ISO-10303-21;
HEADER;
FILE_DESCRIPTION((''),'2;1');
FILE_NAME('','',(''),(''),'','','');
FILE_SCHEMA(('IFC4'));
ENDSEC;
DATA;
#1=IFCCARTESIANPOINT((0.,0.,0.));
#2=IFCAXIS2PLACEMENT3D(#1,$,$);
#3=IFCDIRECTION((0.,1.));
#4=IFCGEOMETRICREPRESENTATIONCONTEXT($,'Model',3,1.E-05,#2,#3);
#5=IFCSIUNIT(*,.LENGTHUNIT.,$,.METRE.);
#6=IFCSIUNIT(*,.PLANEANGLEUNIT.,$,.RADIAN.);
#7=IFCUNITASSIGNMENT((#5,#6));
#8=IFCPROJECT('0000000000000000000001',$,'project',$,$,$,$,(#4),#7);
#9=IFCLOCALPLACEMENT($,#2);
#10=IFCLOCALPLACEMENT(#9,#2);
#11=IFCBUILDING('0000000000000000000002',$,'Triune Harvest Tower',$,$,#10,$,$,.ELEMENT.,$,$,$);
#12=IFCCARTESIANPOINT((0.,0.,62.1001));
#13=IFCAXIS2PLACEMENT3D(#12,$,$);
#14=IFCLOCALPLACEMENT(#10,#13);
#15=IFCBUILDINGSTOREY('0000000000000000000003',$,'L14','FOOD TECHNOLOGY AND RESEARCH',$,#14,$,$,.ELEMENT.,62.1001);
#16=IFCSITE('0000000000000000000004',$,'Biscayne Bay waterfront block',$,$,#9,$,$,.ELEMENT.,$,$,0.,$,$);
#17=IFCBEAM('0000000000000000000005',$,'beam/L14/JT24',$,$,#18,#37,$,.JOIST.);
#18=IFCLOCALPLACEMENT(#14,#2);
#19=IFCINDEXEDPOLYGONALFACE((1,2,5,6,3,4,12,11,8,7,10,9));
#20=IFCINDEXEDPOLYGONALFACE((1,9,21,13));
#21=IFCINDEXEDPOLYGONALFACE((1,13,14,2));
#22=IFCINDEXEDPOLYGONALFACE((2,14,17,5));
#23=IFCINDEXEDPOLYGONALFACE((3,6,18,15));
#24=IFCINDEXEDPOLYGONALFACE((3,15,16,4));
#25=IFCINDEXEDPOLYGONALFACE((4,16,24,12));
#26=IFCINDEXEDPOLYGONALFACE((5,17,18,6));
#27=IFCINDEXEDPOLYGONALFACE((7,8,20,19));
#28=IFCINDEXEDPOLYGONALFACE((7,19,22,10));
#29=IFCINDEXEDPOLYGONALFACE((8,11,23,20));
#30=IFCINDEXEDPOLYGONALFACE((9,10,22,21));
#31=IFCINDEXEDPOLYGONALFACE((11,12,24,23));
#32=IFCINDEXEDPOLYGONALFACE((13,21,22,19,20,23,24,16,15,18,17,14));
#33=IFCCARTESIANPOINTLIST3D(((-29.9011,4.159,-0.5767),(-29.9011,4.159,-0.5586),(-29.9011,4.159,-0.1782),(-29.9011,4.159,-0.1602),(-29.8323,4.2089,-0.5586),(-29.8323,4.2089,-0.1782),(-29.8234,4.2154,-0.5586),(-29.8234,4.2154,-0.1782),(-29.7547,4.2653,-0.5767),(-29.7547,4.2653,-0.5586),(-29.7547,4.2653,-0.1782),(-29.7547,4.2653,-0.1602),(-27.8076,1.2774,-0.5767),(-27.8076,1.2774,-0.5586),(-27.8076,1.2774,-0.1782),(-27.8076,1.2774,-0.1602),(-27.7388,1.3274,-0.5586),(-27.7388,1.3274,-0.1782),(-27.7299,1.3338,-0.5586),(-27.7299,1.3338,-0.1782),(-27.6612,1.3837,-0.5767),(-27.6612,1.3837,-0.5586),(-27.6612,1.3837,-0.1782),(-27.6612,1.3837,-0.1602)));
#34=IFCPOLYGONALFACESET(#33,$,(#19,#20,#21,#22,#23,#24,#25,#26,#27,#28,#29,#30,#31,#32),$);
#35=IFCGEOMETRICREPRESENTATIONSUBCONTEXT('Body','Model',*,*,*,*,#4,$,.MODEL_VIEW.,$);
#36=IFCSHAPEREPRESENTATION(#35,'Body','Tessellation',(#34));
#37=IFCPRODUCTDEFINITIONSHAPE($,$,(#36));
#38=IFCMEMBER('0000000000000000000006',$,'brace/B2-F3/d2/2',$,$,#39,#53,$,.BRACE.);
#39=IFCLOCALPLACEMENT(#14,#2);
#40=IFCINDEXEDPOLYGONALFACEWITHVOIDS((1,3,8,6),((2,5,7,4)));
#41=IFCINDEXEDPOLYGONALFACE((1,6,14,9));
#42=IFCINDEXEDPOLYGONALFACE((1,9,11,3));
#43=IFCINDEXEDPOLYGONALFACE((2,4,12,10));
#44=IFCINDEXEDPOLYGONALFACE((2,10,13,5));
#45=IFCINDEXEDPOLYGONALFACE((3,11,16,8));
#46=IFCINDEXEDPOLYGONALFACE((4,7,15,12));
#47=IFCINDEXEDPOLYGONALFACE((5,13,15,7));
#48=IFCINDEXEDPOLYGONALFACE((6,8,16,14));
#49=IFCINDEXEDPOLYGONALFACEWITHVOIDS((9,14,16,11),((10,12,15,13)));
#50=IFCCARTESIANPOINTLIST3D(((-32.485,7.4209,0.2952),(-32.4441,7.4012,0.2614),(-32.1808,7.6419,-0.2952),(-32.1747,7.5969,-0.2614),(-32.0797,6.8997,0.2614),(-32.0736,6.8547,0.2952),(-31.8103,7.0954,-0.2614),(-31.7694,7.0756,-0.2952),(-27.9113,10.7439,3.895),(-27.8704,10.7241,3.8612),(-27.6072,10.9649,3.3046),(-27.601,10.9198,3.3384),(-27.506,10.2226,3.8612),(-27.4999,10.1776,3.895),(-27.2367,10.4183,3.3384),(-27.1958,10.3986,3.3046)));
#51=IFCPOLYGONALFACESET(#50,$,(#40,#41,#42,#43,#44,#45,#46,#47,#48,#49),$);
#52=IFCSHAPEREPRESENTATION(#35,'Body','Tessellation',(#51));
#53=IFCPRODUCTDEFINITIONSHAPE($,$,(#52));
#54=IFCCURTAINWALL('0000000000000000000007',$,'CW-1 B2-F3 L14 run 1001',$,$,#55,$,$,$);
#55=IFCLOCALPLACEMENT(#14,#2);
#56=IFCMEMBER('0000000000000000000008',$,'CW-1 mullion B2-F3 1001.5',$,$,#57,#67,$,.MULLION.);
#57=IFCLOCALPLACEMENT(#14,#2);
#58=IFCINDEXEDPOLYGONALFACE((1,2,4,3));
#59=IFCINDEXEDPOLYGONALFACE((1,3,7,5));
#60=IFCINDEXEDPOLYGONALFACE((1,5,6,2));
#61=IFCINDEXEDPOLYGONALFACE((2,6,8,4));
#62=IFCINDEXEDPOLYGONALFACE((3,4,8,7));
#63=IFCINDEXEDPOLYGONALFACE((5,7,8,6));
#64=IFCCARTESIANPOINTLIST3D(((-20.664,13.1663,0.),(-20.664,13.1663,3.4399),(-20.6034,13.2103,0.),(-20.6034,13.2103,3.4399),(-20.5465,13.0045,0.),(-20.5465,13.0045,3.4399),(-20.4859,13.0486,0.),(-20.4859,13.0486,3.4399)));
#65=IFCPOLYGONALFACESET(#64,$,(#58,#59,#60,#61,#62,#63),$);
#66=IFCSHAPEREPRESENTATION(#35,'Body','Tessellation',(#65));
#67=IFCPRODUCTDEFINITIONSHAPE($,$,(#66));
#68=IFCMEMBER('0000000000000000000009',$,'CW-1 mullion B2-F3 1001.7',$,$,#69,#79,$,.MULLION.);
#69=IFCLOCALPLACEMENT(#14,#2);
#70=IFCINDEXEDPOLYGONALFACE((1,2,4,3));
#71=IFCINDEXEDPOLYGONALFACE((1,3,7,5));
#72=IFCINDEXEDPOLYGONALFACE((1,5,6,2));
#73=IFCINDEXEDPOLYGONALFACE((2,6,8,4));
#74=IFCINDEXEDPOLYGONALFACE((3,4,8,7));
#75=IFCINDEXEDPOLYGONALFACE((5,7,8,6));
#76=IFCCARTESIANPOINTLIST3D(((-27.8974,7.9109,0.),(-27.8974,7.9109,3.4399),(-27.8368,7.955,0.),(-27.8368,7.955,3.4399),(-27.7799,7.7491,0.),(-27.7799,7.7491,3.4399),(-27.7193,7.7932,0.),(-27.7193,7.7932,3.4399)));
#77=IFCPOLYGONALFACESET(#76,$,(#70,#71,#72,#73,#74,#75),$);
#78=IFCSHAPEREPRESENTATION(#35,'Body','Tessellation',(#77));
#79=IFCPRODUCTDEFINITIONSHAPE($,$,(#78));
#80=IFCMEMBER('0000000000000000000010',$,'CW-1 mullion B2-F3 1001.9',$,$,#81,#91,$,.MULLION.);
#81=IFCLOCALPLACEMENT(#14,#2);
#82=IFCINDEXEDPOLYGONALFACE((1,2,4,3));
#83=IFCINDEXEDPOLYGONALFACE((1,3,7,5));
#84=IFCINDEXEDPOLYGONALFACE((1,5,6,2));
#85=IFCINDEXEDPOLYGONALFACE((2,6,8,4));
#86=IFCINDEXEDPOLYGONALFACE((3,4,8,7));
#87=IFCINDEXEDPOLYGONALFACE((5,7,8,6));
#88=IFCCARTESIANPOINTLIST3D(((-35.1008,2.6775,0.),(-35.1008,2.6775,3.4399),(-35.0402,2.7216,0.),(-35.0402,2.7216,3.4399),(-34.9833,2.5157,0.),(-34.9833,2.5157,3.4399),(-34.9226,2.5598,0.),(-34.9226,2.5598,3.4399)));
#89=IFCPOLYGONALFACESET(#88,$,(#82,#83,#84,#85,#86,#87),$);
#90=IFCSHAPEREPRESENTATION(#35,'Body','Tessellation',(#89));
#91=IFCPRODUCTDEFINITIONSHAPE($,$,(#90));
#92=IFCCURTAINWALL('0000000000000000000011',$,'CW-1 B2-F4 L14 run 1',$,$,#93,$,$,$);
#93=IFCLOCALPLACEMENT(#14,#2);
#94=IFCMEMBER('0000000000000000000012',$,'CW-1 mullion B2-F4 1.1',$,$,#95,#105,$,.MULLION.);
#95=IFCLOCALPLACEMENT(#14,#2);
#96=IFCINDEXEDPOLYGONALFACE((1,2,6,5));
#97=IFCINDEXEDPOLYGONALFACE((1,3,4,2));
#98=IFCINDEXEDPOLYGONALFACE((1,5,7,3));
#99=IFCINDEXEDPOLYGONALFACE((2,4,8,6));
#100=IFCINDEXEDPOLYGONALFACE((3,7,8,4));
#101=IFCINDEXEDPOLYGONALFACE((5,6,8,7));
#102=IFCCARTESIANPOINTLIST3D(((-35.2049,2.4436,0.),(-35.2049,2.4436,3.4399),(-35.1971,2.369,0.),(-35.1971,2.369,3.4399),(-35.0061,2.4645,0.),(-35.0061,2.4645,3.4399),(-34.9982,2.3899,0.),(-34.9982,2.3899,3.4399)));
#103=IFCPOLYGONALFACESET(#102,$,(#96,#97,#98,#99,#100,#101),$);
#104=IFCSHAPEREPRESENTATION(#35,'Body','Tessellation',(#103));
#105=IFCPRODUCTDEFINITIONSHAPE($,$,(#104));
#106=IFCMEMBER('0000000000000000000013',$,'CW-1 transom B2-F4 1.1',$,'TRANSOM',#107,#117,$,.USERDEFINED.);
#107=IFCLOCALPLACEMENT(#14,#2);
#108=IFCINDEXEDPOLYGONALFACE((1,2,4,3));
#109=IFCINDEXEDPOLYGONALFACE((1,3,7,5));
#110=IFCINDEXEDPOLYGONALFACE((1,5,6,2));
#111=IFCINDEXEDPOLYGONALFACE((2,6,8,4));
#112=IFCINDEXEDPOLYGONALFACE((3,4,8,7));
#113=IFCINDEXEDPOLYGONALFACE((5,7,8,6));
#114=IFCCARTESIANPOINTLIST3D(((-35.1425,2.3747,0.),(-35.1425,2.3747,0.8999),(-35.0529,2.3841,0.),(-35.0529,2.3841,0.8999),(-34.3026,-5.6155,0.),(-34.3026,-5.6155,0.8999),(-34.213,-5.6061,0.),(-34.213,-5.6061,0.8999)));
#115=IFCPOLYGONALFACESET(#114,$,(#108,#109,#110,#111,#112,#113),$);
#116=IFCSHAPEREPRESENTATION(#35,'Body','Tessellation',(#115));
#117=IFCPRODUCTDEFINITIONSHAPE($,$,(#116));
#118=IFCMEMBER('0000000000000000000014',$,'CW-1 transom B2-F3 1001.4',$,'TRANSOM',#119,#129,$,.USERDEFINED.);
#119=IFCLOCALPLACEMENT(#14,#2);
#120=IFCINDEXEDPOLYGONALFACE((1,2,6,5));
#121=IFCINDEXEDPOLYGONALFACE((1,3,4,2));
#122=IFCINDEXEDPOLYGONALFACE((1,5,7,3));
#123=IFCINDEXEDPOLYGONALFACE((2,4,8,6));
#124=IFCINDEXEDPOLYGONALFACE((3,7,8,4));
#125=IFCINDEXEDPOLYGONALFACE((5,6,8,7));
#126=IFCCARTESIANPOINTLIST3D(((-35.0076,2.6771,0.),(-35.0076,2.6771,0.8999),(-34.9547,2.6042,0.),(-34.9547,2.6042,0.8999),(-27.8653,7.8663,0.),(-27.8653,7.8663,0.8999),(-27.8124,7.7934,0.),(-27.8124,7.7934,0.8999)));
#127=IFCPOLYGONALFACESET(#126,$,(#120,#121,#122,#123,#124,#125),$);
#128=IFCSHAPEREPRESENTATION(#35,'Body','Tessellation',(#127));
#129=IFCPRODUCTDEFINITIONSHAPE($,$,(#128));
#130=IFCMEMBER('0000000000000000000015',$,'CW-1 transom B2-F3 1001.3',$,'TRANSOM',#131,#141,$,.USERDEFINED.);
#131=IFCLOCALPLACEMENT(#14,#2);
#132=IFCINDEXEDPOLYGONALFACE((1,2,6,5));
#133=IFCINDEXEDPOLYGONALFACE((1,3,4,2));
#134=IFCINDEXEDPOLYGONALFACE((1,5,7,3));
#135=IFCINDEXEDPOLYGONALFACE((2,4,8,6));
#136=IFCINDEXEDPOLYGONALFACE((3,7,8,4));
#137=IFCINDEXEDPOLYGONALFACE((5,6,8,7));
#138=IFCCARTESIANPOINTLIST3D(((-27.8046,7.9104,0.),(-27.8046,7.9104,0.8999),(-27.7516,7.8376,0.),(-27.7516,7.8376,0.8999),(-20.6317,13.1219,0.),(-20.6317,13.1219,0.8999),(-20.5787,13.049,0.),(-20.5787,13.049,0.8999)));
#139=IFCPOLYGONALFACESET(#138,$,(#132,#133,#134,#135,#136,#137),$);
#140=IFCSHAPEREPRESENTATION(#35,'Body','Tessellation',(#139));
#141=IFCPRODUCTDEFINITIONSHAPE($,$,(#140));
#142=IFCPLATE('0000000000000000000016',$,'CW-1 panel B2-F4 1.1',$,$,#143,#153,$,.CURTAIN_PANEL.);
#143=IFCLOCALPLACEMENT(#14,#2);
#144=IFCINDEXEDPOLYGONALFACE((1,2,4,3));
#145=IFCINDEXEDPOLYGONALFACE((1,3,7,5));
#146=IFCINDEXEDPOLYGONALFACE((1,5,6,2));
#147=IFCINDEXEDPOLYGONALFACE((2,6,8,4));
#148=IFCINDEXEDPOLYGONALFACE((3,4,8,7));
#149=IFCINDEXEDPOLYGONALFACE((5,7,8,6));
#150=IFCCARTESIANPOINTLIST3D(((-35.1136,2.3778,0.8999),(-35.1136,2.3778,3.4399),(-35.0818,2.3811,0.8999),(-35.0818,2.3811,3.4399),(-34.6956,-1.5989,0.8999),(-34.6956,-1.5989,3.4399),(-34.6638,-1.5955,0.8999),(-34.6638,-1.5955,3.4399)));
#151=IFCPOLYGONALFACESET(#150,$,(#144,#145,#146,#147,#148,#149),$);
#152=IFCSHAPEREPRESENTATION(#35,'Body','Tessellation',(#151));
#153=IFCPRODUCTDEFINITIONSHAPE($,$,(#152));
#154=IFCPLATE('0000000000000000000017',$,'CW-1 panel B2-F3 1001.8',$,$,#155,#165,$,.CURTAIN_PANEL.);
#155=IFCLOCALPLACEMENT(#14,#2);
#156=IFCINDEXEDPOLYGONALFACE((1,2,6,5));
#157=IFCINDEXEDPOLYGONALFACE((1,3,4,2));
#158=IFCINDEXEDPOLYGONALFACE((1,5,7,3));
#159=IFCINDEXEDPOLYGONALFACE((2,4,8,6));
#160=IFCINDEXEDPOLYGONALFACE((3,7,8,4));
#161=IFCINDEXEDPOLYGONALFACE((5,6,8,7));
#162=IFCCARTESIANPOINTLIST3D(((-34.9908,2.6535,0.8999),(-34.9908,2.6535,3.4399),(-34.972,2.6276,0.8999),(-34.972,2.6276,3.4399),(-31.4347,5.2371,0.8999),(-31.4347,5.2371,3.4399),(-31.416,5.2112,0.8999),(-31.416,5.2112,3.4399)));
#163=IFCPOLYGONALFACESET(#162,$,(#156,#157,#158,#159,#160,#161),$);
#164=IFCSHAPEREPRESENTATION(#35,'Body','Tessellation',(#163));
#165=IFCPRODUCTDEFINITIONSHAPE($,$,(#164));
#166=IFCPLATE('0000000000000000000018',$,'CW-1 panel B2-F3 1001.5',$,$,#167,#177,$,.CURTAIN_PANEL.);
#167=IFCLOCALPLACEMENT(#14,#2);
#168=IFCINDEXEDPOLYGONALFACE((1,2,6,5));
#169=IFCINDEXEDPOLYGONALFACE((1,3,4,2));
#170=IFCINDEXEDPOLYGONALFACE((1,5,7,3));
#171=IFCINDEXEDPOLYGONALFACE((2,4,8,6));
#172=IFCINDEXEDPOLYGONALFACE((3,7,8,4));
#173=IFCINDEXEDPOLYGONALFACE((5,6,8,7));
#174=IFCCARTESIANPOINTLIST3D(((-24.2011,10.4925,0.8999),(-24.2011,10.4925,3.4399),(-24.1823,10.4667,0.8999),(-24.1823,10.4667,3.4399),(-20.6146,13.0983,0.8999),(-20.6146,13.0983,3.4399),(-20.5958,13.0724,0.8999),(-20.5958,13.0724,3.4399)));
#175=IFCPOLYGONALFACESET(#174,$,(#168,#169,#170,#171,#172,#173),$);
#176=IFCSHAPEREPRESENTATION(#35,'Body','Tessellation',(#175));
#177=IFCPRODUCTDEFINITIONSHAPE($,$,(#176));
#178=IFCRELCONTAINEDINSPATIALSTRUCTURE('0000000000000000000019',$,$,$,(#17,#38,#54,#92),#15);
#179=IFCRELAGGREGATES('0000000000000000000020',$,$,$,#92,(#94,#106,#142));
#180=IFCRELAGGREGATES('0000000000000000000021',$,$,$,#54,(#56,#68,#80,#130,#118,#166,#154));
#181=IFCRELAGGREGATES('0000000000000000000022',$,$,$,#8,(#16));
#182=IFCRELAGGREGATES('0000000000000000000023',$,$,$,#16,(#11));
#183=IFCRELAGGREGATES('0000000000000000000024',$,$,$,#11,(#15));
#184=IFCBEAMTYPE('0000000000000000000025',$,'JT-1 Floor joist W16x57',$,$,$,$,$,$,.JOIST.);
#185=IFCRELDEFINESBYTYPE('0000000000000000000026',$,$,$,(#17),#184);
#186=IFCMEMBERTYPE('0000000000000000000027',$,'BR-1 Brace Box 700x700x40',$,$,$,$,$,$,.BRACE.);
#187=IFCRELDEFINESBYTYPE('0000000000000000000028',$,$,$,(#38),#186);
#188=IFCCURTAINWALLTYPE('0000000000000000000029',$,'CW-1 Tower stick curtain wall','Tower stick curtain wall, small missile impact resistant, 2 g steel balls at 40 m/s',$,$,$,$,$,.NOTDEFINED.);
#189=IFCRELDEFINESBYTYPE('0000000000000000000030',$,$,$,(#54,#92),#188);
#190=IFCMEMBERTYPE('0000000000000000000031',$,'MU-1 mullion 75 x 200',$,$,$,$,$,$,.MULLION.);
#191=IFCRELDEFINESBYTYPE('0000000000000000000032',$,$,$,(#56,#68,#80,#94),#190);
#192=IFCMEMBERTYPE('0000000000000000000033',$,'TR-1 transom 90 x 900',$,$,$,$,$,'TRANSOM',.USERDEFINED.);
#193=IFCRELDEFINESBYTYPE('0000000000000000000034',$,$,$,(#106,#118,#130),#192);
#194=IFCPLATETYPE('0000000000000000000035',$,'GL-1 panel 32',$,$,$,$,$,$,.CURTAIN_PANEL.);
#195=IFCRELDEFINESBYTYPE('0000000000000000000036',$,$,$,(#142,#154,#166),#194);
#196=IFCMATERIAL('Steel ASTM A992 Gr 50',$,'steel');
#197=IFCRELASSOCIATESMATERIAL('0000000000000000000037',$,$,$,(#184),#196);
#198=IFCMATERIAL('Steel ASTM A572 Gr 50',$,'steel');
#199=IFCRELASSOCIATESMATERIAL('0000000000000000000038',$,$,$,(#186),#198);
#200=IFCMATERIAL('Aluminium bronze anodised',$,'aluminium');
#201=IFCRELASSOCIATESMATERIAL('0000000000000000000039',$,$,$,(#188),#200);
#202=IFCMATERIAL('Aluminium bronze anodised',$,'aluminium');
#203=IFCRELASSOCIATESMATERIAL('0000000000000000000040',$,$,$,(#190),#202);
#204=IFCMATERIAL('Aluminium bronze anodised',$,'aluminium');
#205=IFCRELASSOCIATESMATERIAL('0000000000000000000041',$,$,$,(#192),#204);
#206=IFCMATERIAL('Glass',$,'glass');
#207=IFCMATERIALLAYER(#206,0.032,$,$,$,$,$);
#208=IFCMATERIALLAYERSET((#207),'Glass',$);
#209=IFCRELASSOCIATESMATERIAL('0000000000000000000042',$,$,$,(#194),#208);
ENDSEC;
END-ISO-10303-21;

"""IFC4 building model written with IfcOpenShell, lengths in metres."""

from ifc_helpers import new_model, si_unit, direction, frame, origin, origin_2d, place, context, subcontext, project, spatial, rectangle, hollow_rectangle, i_section, extrude, source, transform, mapped, material, layer, layer_set, material_profile, profile_set, type_object, element, aggregate, save


model = new_model("IFC4")

# Units and contexts
model_context = context("Model", 3, precision=1e-05, world=origin(), true_north=direction((0.0, 1.0)))
body_context = subcontext(model_context, "Body", "Model", "MODEL_VIEW")
ifc_project = project(units=[si_unit("LENGTHUNIT", "METRE"), si_unit("PLANEANGLEUNIT", "RADIAN")], contexts=[model_context])

# Site, building, storey
site_placement = place(None, origin())
site = spatial("IfcSite", under=ifc_project, at=site_placement, Name="Biscayne Bay waterfront block", CompositionType="ELEMENT", RefElevation=0.0)
building_placement = place(site_placement, origin())
building = spatial("IfcBuilding", under=site, at=building_placement, Name="Triune Harvest Tower", CompositionType="ELEMENT")
storey_placement = place(building_placement, frame((0.0, 0.0, 62.1001)))
storey = spatial("IfcBuildingStorey", under=building, at=storey_placement, Name="L14", Description="FOOD TECHNOLOGY AND RESEARCH", CompositionType="ELEMENT", Elevation=62.1001)

# Beam
ifc_material_1 = material(Name="Steel ASTM A992 Gr 50", Category="steel")
ifc_material_profile_1 = material_profile(ifc_material_1, i_section(OverallWidth=0.1809, OverallDepth=0.4165, WebThickness=0.011, FlangeThickness=0.0181, at=origin_2d()), Name="W16x57")
ifc_profile_set_1 = profile_set([ifc_material_profile_1], Name="Steel ASTM A992 Gr 50")
beam_type_1 = type_object("IfcBeamType", Name="JT-1 Floor joist W16x57", PredefinedType="JOIST", material=ifc_profile_set_1)
shared_shape_1 = source(origin(), body_context, "Body", "SweptSolid", [
    extrude(i_section(OverallWidth=0.1809, OverallDepth=0.4165, WebThickness=0.011, FlangeThickness=0.0181, at=origin_2d()), origin(), (0.0, 0.0, 1.0), 3.5618),
])
beam_1_placement = place(storey_placement, frame((-29.8279, 4.2122, -0.3684), z_axis=(0.587768, -0.809029, 0.0), x_axis=(0.809029, 0.587768, 0.0)))
element("IfcBeam", 1, at=beam_1_placement, inside=storey, type_object=beam_type_1, Name="beam/L14/JT24", PredefinedType="JOIST", context=body_context, shape_type="MappedRepresentation", body=[
    mapped(shared_shape_1, transform((0.0, 0.0, 0.0), scale=1.0)),
])

# Member
ifc_material_2 = material(Name="Steel ASTM A572 Gr 50", Category="steel")
ifc_material_profile_2 = material_profile(ifc_material_2, hollow_rectangle(XDim=0.7, YDim=0.7, WallThickness=0.04, at=origin_2d()), Name="Box 700x700x40")
ifc_profile_set_2 = profile_set([ifc_material_profile_2], Name="Steel ASTM A572 Gr 50")
member_type_1 = type_object("IfcMemberType", Name="BR-1 Brace Box 700x700x40", PredefinedType="BRACE", material=ifc_profile_set_2)
shared_shape_2 = source(origin(), body_context, "Body", "SweptSolid", [
    extrude(hollow_rectangle(XDim=0.7, YDim=0.7, WallThickness=0.04, at=origin_2d()), origin(), (0.0, 0.0, 1.0), 6.7021),
])
member_1_placement = place(storey_placement, frame((-32.1272, 7.2483, 0.0), z_axis=(0.682416, 0.495803, 0.53711), x_axis=(-0.587784, 0.809018, 0.0)))
element("IfcMember", 2, at=member_1_placement, inside=storey, type_object=member_type_1, Name="brace/B2-F3/d2/2", PredefinedType="BRACE", context=body_context, shape_type="MappedRepresentation", body=[
    mapped(shared_shape_2, transform((0.0, 0.0, 0.0), scale=1.0)),
])

# Curtain walls, members
ifc_material_3 = material(Name="Aluminium bronze anodised", Category="aluminium")
curtain_wall_type = type_object("IfcCurtainWallType", Name="CW-1 Tower stick curtain wall", Description="Tower stick curtain wall, small missile impact resistant, 2 g steel balls at 40 m/s", PredefinedType="NOTDEFINED", material=ifc_material_3)
curtain_wall_1_placement = place(storey_placement, origin())
curtain_wall_1 = element("IfcCurtainWall", 3, at=curtain_wall_1_placement, inside=storey, type_object=curtain_wall_type, Name="CW-1 B2-F3 L14 run 1001")
ifc_material_4 = material(Name="Aluminium bronze anodised", Category="aluminium")
ifc_material_profile_3 = material_profile(ifc_material_4, rectangle(XDim=0.2, YDim=0.075, at=origin_2d()), Name="MU-1 mullion 75 x 200")
ifc_profile_set_3 = profile_set([ifc_material_profile_3], Name="Aluminium bronze anodised")
member_type_2 = type_object("IfcMemberType", Name="MU-1 mullion 75 x 200", PredefinedType="MULLION", material=ifc_profile_set_3)
shared_shape_3 = source(origin(), body_context, "Body", "SweptSolid", [
    extrude(rectangle(XDim=0.2, YDim=0.075, at=origin_2d()), origin(), (0.0, 0.0, 1.0), 3.4399),
])
member_2_placement = place(storey_placement, frame((-20.575, 13.1074, 0.0), z_axis=(0.0, 0.0, 1.0), x_axis=(0.587786, -0.809016, 0.0)))
member_2 = element("IfcMember", 4, at=member_2_placement, type_object=member_type_2, Name="CW-1 mullion B2-F3 1001.5", PredefinedType="MULLION", context=body_context, shape_type="MappedRepresentation", body=[
    mapped(shared_shape_3, transform((0.0, 0.0, 0.0), scale=1.0)),
])
member_3_placement = place(storey_placement, frame((-27.8083, 7.8521, 0.0), z_axis=(0.0, 0.0, 1.0), x_axis=(0.587786, -0.809016, 0.0)))
member_3 = element("IfcMember", 5, at=member_3_placement, type_object=member_type_2, Name="CW-1 mullion B2-F3 1001.7", PredefinedType="MULLION", context=body_context, shape_type="MappedRepresentation", body=[
    mapped(shared_shape_3, transform((0.0, 0.0, 0.0), scale=1.0)),
])
member_4_placement = place(storey_placement, frame((-35.0117, 2.6187, 0.0), z_axis=(0.0, 0.0, 1.0), x_axis=(0.587786, -0.809016, 0.0)))
member_4 = element("IfcMember", 6, at=member_4_placement, type_object=member_type_2, Name="CW-1 mullion B2-F3 1001.9", PredefinedType="MULLION", context=body_context, shape_type="MappedRepresentation", body=[
    mapped(shared_shape_3, transform((0.0, 0.0, 0.0), scale=1.0)),
])
curtain_wall_2_placement = place(storey_placement, origin())
curtain_wall_2 = element("IfcCurtainWall", 7, at=curtain_wall_2_placement, inside=storey, type_object=curtain_wall_type, Name="CW-1 B2-F4 L14 run 1")
member_5_placement = place(storey_placement, frame((-35.1016, 2.4167, 0.0), z_axis=(0.0, 0.0, 1.0), x_axis=(0.994522, 0.104529, 0.0)))
member_5 = element("IfcMember", 8, at=member_5_placement, type_object=member_type_2, Name="CW-1 mullion B2-F4 1.1", PredefinedType="MULLION", context=body_context, shape_type="MappedRepresentation", body=[
    mapped(shared_shape_3, transform((0.0, 0.0, 0.0), scale=1.0)),
])
ifc_material_5 = material(Name="Aluminium bronze anodised", Category="aluminium")
ifc_material_profile_4 = material_profile(ifc_material_5, rectangle(XDim=0.0901, YDim=0.8999, at=origin_2d()), Name="TR-1 transom 90 x 900")
ifc_profile_set_4 = profile_set([ifc_material_profile_4], Name="Aluminium bronze anodised")
member_type_3 = type_object("IfcMemberType", Name="TR-1 transom 90 x 900", ElementType="TRANSOM", PredefinedType="USERDEFINED", material=ifc_profile_set_4)
shared_shape_4 = source(origin(), body_context, "Body", "SweptSolid", [
    extrude(rectangle(XDim=0.0901, YDim=0.8999, at=origin_2d()), origin(), (0.0, 0.0, 1.0), 8.0342),
])
member_6_placement = place(storey_placement, frame((-35.0977, 2.3794, 0.45), z_axis=(0.104533, -0.994521, 0.0), x_axis=(0.994521, 0.104533, 0.0)))
member_6 = element("IfcMember", 9, at=member_6_placement, type_object=member_type_3, Name="CW-1 transom B2-F4 1.1", ObjectType="TRANSOM", PredefinedType="USERDEFINED", context=body_context, shape_type="MappedRepresentation", body=[
    mapped(shared_shape_4, transform((0.0, 0.0, 0.0), scale=1.0)),
])

# Members
shared_shape_5 = source(origin(), body_context, "Body", "SweptSolid", [
    extrude(rectangle(XDim=0.0901, YDim=0.8999, at=origin_2d()), origin(), (0.0, 0.0, 1.0), 8.8284),
])
member_7_placement = place(storey_placement, frame((-27.8389, 7.8298, 0.45), z_axis=(-0.809017, -0.587785, 0.0), x_axis=(0.587785, -0.809017, 0.0)))
member_7 = element("IfcMember", 10, at=member_7_placement, type_object=member_type_3, Name="CW-1 transom B2-F3 1001.4", ObjectType="TRANSOM", PredefinedType="USERDEFINED", context=body_context, shape_type="MappedRepresentation", body=[
    mapped(shared_shape_5, transform((0.0, 0.0, 0.0), scale=1.0)),
])
shared_shape_6 = source(origin(), body_context, "Body", "SweptSolid", [
    extrude(rectangle(XDim=0.0901, YDim=0.8999, at=origin_2d()), origin(), (0.0, 0.0, 1.0), 8.8662),
])
member_8_placement = place(storey_placement, frame((-20.6052, 13.0854, 0.45), z_axis=(-0.809015, -0.587789, 0.0), x_axis=(0.587789, -0.809015, 0.0)))
member_8 = element("IfcMember", 11, at=member_8_placement, type_object=member_type_3, Name="CW-1 transom B2-F3 1001.3", ObjectType="TRANSOM", PredefinedType="USERDEFINED", context=body_context, shape_type="MappedRepresentation", body=[
    mapped(shared_shape_6, transform((0.0, 0.0, 0.0), scale=1.0)),
])

# Plates
ifc_material_6 = material(Name="Glass", Category="glass")
ifc_layer = layer(ifc_material_6, 0.032)
ifc_layer_set = layer_set([ifc_layer], Name="Glass")
plate_type = type_object("IfcPlateType", Name="GL-1 panel 32", PredefinedType="CURTAIN_PANEL", material=ifc_layer_set)
shared_shape_7 = source(origin(), body_context, "Body", "SweptSolid", [
    extrude(rectangle(XDim=3.9985, YDim=0.032, at=origin_2d()), origin(), (0.0, 0.0, 1.0), 2.54),
])
plate_1_placement = place(storey_placement, frame((-34.8887, 0.3911, 0.8999), z_axis=(0.0, 0.0, 1.0), x_axis=(0.104529, -0.994522, 0.0)))
plate_1 = element("IfcPlate", 12, at=plate_1_placement, type_object=plate_type, Name="CW-1 panel B2-F4 1.1", PredefinedType="CURTAIN_PANEL", context=body_context, shape_type="MappedRepresentation", body=[
    mapped(shared_shape_7, transform((0.0, 0.0, 0.0), scale=1.0)),
])
aggregate(curtain_wall_2, [member_5, member_6, plate_1])
shared_shape_8 = source(origin(), body_context, "Body", "SweptSolid", [
    extrude(rectangle(XDim=4.3955, YDim=0.032, at=origin_2d()), origin(), (0.0, 0.0, 1.0), 2.54),
])
plate_2_placement = place(storey_placement, frame((-33.2034, 3.9324, 0.8999), z_axis=(0.0, 0.0, 1.0), x_axis=(-0.809016, -0.587786, 0.0)))
plate_2 = element("IfcPlate", 13, at=plate_2_placement, type_object=plate_type, Name="CW-1 panel B2-F3 1001.8", PredefinedType="CURTAIN_PANEL", context=body_context, shape_type="MappedRepresentation", body=[
    mapped(shared_shape_8, transform((0.0, 0.0, 0.0), scale=1.0)),
])
shared_shape_9 = source(origin(), body_context, "Body", "SweptSolid", [
    extrude(rectangle(XDim=4.4331, YDim=0.032, at=origin_2d()), origin(), (0.0, 0.0, 1.0), 2.54),
])
plate_3_placement = place(storey_placement, frame((-22.3984, 11.7825, 0.8999), z_axis=(0.0, 0.0, 1.0), x_axis=(-0.809016, -0.587786, 0.0)))
plate_3 = element("IfcPlate", 14, at=plate_3_placement, type_object=plate_type, Name="CW-1 panel B2-F3 1001.5", PredefinedType="CURTAIN_PANEL", context=body_context, shape_type="MappedRepresentation", body=[
    mapped(shared_shape_9, transform((0.0, 0.0, 0.0), scale=1.0)),
])
aggregate(curtain_wall_1, [member_2, member_3, member_4, member_8, member_7, plate_3, plate_2])

save(model, "model.ifc")
